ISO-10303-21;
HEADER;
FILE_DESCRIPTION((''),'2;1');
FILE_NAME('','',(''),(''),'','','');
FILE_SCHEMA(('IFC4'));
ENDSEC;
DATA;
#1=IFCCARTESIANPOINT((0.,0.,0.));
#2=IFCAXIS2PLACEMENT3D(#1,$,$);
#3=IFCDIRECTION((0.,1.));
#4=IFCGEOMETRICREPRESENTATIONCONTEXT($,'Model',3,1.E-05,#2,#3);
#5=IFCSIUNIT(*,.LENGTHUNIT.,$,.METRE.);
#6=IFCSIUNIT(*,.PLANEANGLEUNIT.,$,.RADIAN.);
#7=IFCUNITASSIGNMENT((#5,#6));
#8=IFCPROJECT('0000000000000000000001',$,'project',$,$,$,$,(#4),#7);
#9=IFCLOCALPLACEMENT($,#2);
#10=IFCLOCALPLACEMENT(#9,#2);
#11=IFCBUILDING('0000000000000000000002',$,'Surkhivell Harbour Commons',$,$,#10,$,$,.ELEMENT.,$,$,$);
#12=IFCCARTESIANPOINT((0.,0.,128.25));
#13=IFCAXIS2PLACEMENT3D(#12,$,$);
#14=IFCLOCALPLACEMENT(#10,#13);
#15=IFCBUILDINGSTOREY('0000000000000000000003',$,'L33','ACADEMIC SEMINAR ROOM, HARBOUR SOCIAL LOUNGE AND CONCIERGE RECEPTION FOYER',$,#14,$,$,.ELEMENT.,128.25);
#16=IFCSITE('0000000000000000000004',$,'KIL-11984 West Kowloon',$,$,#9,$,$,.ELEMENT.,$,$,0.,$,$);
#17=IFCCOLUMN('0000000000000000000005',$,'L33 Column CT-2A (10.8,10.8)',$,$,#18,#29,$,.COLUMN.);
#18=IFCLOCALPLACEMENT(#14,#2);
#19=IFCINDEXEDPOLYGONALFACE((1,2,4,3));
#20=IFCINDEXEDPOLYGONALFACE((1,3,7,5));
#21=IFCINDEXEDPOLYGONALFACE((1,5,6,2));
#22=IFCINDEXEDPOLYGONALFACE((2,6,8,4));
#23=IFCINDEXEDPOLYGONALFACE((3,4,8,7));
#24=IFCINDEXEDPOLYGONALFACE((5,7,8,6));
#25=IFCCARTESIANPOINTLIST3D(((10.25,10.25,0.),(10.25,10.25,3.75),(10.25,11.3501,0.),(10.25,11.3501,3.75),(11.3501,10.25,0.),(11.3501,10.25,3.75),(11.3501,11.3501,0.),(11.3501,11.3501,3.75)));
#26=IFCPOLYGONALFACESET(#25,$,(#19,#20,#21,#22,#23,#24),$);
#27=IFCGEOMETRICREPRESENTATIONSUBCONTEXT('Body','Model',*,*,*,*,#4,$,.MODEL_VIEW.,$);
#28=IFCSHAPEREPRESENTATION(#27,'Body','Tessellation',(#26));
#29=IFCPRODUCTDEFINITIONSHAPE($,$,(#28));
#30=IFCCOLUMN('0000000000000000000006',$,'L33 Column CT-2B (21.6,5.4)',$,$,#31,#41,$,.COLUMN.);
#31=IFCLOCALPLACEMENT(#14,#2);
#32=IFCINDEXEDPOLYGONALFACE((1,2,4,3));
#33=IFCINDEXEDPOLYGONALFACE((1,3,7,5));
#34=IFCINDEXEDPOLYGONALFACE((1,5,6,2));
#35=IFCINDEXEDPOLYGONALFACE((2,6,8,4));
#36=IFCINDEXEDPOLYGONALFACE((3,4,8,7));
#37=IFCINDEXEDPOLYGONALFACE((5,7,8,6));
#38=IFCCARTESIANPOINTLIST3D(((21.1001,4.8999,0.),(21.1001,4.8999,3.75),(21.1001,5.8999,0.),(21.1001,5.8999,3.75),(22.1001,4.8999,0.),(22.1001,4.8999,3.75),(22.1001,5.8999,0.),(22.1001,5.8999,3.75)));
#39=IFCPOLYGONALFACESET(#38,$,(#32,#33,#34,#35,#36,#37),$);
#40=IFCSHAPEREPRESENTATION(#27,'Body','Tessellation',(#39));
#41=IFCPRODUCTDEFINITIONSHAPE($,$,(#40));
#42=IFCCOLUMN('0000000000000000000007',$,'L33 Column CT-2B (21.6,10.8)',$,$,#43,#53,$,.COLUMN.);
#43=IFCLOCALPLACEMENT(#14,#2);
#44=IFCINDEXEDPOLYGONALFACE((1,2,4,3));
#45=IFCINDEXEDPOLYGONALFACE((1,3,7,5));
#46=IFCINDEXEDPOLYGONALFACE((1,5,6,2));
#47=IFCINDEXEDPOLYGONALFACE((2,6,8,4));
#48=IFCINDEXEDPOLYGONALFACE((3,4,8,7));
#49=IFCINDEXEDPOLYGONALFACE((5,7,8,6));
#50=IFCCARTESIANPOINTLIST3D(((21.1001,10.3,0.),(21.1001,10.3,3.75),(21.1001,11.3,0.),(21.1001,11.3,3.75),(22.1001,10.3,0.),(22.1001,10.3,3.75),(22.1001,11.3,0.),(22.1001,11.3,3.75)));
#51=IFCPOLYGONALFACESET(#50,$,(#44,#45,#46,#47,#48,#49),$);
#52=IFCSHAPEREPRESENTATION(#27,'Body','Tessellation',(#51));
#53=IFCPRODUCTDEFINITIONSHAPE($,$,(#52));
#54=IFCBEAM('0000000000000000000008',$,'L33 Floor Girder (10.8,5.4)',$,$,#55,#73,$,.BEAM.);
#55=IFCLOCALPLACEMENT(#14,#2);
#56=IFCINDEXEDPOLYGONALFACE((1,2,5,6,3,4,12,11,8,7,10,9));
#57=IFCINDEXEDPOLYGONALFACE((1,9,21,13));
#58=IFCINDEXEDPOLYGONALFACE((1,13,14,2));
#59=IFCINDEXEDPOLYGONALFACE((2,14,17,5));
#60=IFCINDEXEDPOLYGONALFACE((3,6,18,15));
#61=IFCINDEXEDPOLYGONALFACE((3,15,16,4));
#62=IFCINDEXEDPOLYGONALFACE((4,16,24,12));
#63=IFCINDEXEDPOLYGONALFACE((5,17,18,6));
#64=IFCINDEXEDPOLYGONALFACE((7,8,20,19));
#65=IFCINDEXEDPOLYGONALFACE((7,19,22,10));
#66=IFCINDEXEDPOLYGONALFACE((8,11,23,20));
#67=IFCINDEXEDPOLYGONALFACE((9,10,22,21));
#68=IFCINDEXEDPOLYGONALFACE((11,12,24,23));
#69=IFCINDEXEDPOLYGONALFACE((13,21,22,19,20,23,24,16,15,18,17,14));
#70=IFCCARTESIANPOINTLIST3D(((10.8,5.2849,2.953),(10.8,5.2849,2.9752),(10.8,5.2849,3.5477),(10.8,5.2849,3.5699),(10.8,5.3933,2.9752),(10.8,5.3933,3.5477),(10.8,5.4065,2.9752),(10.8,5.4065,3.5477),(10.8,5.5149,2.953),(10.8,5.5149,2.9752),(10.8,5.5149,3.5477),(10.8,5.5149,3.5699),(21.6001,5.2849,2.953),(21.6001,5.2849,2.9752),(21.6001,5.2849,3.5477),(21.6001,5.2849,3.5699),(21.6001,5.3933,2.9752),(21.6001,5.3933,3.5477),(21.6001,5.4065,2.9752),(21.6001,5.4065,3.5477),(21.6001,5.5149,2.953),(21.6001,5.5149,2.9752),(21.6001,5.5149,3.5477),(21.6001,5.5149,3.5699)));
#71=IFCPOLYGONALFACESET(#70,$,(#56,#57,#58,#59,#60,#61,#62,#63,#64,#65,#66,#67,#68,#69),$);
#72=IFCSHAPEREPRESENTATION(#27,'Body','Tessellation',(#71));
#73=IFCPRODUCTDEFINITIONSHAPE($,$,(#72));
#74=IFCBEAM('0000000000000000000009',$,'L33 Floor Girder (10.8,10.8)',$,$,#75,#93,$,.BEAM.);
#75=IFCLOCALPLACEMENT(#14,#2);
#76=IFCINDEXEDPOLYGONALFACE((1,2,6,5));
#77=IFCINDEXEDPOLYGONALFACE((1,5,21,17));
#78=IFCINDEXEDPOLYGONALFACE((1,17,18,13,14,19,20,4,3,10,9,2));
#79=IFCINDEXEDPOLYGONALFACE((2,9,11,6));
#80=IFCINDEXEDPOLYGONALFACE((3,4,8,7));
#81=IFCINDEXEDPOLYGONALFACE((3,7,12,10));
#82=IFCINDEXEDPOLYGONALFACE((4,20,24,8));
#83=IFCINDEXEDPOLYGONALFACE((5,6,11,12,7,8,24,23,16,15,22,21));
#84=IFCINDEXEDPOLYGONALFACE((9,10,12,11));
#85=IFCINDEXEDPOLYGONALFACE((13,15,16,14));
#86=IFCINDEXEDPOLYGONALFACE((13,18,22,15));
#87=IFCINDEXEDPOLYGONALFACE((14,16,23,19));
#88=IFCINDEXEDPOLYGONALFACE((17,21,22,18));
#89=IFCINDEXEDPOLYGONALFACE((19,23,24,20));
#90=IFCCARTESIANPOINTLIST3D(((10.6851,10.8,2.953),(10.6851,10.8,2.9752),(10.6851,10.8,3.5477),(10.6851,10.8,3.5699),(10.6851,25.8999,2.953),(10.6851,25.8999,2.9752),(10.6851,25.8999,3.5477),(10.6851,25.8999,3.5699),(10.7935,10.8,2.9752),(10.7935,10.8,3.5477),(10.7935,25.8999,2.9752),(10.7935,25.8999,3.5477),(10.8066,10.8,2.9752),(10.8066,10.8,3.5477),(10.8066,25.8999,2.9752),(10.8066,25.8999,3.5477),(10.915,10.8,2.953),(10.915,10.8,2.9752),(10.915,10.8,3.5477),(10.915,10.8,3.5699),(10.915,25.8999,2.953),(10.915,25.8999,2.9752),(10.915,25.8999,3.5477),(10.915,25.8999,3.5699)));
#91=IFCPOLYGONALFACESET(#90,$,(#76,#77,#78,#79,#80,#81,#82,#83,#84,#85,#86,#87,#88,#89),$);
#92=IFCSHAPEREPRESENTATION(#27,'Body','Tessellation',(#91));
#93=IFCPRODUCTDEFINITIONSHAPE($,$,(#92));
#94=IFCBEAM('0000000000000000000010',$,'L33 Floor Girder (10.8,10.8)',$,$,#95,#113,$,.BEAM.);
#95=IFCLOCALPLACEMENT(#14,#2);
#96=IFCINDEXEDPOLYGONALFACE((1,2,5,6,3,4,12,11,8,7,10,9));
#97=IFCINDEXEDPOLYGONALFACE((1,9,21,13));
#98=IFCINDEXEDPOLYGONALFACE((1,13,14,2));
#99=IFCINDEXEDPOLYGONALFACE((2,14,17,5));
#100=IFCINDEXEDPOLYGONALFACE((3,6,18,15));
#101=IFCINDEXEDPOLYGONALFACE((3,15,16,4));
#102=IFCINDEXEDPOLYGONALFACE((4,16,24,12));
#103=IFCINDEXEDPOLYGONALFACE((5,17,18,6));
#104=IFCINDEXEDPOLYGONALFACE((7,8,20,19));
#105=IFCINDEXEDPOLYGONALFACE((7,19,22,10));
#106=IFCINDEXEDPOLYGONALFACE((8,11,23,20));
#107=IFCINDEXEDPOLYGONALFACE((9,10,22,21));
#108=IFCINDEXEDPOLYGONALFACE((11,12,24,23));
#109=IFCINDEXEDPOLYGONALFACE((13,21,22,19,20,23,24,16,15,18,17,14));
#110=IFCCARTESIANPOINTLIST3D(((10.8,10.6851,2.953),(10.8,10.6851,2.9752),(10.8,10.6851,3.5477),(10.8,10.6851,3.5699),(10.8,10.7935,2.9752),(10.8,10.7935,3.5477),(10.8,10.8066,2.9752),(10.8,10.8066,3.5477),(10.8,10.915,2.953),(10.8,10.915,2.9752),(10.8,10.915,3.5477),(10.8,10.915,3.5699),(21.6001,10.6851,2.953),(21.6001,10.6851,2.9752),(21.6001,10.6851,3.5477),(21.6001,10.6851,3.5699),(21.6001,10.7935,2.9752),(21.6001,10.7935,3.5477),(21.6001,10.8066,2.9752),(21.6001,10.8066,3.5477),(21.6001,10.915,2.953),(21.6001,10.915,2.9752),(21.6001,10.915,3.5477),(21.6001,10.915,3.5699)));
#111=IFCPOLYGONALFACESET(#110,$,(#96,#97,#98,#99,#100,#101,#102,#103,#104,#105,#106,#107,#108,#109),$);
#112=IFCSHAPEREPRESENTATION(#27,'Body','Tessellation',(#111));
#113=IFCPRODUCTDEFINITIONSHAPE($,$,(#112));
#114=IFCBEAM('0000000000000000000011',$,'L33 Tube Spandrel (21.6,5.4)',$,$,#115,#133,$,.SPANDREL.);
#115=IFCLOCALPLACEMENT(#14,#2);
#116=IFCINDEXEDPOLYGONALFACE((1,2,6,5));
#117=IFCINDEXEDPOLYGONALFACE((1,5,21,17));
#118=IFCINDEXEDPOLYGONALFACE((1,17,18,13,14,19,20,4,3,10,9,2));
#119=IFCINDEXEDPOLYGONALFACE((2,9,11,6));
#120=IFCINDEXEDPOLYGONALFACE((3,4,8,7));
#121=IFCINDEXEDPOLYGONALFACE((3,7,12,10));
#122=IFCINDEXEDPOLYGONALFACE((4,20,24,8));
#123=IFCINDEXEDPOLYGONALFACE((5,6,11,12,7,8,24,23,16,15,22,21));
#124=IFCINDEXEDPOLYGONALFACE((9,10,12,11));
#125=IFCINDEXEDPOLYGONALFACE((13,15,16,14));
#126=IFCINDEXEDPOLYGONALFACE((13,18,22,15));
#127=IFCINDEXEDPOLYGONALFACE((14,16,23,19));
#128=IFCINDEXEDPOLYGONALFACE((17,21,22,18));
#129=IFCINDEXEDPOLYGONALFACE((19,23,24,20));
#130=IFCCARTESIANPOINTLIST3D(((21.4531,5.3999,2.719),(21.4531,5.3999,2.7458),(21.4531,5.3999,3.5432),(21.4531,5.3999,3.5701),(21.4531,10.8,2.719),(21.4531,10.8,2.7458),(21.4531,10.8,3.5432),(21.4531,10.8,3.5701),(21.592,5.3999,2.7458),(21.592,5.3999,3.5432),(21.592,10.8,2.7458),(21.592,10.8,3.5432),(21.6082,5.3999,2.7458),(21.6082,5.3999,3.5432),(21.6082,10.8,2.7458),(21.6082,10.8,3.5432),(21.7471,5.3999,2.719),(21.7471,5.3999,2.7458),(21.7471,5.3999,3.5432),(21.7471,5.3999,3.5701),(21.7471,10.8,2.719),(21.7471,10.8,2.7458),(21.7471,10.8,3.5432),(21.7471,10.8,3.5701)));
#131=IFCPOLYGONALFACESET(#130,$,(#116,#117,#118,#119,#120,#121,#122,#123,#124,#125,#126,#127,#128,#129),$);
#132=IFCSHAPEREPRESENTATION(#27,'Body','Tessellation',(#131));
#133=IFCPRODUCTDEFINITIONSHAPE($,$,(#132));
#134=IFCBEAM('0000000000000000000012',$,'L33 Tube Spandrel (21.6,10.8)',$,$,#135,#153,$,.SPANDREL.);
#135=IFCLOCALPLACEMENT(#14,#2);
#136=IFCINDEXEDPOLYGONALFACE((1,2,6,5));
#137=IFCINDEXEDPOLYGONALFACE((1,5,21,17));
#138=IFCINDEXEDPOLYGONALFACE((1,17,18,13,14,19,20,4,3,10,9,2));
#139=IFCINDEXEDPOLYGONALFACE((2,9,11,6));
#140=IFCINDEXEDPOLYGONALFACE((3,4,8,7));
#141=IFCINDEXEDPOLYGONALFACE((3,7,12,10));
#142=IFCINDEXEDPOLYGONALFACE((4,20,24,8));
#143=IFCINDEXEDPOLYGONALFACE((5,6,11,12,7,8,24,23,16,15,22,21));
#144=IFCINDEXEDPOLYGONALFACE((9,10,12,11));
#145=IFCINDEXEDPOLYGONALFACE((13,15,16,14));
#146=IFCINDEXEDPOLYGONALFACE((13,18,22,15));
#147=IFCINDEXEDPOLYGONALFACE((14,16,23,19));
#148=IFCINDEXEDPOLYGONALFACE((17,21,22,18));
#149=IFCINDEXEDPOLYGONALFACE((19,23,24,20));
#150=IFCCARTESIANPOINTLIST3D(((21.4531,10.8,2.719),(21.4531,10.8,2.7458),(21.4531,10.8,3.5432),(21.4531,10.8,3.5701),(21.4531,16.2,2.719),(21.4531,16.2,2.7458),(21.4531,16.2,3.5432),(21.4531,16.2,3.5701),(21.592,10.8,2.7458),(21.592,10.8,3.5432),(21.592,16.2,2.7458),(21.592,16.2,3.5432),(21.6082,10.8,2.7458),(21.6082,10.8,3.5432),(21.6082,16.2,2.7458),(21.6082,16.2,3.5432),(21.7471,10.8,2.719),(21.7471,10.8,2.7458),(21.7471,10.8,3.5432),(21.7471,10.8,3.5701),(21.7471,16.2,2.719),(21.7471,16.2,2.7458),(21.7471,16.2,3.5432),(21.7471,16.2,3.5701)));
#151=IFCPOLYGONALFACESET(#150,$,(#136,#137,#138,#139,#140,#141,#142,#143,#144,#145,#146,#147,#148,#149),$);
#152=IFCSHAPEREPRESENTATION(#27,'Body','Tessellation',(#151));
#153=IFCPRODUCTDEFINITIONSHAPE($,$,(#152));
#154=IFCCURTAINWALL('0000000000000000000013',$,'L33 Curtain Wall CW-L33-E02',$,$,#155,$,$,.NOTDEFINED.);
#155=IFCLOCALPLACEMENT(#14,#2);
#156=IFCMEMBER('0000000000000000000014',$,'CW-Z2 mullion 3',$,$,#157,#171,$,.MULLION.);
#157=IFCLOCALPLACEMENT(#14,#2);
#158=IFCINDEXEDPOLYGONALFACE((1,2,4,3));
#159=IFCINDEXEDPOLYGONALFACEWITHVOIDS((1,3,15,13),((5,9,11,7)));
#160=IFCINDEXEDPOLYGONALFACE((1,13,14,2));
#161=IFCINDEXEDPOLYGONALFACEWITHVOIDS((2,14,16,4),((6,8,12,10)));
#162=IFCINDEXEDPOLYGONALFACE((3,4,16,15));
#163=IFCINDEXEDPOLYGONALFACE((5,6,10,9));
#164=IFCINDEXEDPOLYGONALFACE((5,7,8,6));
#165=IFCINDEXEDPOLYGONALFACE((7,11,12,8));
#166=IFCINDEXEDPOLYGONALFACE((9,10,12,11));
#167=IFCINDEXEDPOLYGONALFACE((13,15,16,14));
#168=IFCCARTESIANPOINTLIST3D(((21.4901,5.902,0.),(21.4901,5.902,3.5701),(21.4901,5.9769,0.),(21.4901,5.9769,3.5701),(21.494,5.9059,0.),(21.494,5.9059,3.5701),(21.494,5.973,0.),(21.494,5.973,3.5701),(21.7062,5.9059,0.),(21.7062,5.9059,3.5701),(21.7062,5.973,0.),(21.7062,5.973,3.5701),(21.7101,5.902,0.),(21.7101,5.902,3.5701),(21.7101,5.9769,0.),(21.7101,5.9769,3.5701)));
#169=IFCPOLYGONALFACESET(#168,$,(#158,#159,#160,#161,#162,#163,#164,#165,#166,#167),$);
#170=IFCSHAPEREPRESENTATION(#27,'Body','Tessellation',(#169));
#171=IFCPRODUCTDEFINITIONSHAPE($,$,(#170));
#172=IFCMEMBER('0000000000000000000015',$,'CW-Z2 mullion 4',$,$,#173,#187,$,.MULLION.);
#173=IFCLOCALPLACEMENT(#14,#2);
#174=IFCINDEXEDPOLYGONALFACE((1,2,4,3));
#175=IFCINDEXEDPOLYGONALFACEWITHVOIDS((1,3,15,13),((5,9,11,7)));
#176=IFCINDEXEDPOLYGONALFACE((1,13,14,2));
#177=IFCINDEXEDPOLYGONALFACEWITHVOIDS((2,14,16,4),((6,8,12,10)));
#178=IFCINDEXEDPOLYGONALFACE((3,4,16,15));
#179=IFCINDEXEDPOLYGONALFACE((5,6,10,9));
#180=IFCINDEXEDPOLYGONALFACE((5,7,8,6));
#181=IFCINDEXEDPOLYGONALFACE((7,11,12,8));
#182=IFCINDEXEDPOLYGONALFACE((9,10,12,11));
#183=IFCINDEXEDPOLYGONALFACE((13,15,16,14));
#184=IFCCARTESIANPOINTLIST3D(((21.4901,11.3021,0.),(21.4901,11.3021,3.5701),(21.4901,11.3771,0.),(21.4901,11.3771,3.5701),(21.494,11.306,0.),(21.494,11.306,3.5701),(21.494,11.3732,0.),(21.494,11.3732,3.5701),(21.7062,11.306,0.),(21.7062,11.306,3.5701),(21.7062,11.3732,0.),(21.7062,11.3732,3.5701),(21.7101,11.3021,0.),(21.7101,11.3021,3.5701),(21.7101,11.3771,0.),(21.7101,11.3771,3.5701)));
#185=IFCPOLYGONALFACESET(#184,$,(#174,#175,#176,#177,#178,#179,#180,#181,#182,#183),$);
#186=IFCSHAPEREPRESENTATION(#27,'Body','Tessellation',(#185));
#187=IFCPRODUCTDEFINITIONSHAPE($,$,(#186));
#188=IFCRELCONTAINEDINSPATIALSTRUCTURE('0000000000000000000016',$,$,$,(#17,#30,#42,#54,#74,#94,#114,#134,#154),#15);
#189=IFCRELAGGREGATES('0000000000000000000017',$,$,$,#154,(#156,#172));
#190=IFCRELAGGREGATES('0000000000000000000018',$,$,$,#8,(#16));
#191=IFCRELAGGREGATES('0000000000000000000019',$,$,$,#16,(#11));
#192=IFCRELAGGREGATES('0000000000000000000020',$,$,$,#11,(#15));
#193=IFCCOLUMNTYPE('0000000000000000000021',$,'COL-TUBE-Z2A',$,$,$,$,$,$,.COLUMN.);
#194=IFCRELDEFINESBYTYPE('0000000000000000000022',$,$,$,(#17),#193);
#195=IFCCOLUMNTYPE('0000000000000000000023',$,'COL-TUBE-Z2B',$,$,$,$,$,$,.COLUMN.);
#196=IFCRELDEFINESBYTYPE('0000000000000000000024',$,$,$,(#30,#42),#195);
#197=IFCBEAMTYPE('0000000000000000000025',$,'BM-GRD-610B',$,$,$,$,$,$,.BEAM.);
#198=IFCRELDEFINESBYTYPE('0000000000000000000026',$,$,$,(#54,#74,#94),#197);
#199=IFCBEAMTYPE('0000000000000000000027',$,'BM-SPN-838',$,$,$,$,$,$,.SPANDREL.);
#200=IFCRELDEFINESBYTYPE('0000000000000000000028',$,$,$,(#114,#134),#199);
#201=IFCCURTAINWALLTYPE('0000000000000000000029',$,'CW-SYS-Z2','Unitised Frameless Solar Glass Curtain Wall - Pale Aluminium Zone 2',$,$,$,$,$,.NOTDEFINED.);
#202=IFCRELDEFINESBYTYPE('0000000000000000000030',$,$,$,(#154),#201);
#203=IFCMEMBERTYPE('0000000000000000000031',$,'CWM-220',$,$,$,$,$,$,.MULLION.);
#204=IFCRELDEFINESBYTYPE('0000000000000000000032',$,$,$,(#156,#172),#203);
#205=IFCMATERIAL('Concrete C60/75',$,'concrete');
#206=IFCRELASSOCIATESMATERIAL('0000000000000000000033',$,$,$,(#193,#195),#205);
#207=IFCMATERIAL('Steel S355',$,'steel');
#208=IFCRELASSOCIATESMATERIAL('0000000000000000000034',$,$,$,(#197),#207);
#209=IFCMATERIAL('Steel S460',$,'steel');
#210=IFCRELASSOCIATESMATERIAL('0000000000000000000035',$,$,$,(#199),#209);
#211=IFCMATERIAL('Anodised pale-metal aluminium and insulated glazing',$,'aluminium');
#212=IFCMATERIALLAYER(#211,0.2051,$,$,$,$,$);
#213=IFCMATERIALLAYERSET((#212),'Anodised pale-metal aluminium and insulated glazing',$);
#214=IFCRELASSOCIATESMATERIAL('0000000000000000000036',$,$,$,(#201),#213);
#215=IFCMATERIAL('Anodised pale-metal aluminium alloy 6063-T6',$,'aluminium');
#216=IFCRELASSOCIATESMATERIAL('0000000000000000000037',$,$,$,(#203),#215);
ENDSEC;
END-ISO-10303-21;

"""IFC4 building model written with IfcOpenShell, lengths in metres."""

from ifc_helpers import new_model, si_unit, direction, frame, origin, origin_2d, place, context, subcontext, project, spatial, rectangle, hollow_rectangle, i_section, extrude, material, layer, layer_set, material_profile, profile_set, type_object, element, aggregate, save


model = new_model("IFC4")

# Units and contexts
model_context = context("Model", 3, precision=1e-05, world=origin(), true_north=direction((0.0, 1.0)))
body_context = subcontext(model_context, "Body", "Model", "MODEL_VIEW")
ifc_project = project(units=[si_unit("LENGTHUNIT", "METRE"), si_unit("PLANEANGLEUNIT", "RADIAN")], contexts=[model_context])

# Site, building, storey
site_placement = place(None, origin())
site = spatial("IfcSite", under=ifc_project, at=site_placement, Name="KIL-11984 West Kowloon", CompositionType="ELEMENT", RefElevation=0.0)
building_placement = place(site_placement, origin())
building = spatial("IfcBuilding", under=site, at=building_placement, Name="Surkhivell Harbour Commons", CompositionType="ELEMENT")
storey_placement = place(building_placement, frame((0.0, 0.0, 128.25)))
storey = spatial("IfcBuildingStorey", under=building, at=storey_placement, Name="L33", Description="ACADEMIC SEMINAR ROOM, HARBOUR SOCIAL LOUNGE AND CONCIERGE RECEPTION FOYER", CompositionType="ELEMENT", Elevation=128.25)

# Columns
ifc_material_1 = material(Name="Concrete C60/75", Category="concrete")
ifc_material_profile_1 = material_profile(ifc_material_1, rectangle(XDim=1.1001, YDim=1.1001, at=origin_2d()), Name="RC-COL-1100x1100")
ifc_profile_set_1 = profile_set([ifc_material_profile_1], Name="Concrete C60/75")
column_type_1 = type_object("IfcColumnType", Name="COL-TUBE-Z2A", PredefinedType="COLUMN", material=ifc_profile_set_1)
column_placement = place(storey_placement, frame((10.8, 10.8, 0.0), z_axis=(0.0, 0.0, 1.0), x_axis=(1.0, 0.0, 0.0)))
element("IfcColumn", 1, at=column_placement, inside=storey, type_object=column_type_1, Name="L33 Column CT-2A (10.8,10.8)", PredefinedType="COLUMN", context=body_context, shape_type="SweptSolid", body=[
    extrude(rectangle(XDim=1.1001, YDim=1.1001, at=origin_2d()), origin(), (0.0, 0.0, 1.0), 3.75),
])
ifc_material_profile_2 = material_profile(ifc_material_1, rectangle(XDim=1.0, YDim=1.0, at=origin_2d()), Name="RC-COL-1000x1000")
ifc_profile_set_2 = profile_set([ifc_material_profile_2], Name="Concrete C60/75")
column_type_2 = type_object("IfcColumnType", Name="COL-TUBE-Z2B", PredefinedType="COLUMN", material=ifc_profile_set_2)
for number, where, z_axis, x_axis, name in (
    (2, (21.6001, 5.3999, 0.0), (0.0, 0.0, 1.0), (1.0, 0.0, 0.0), "L33 Column CT-2B (21.6,5.4)"),
    (3, (21.6001, 10.8, 0.0), (0.0, 0.0, 1.0), (1.0, 0.0, 0.0), "L33 Column CT-2B (21.6,10.8)"),
):
    element("IfcColumn", number, at=place(storey_placement, frame(where, z_axis=z_axis, x_axis=x_axis)), inside=storey, type_object=column_type_2, Name=name, PredefinedType="COLUMN", context=body_context, shape_type="SweptSolid", body=[
        extrude(rectangle(XDim=1.0, YDim=1.0, at=origin_2d()), origin(), (0.0, 0.0, 1.0), 3.75),
    ])

# Beams
ifc_material_2 = material(Name="Steel S355", Category="steel")
ifc_material_profile_3 = material_profile(ifc_material_2, i_section(OverallWidth=0.23, OverallDepth=0.6169, WebThickness=0.0132, FlangeThickness=0.0222, at=origin_2d()), Name="UB610x229x140")
ifc_profile_set_3 = profile_set([ifc_material_profile_3], Name="Steel S355")
beam_type_1 = type_object("IfcBeamType", Name="BM-GRD-610B", PredefinedType="BEAM", material=ifc_profile_set_3)
beam_1_placement = place(storey_placement, frame((10.8, 5.3999, 3.2615), z_axis=(1.0, 0.0, 0.0), x_axis=(0.0, 1.0, 0.0)))
element("IfcBeam", 4, at=beam_1_placement, inside=storey, type_object=beam_type_1, Name="L33 Floor Girder (10.8,5.4)", PredefinedType="BEAM", context=body_context, shape_type="SweptSolid", body=[
    extrude(i_section(OverallWidth=0.23, OverallDepth=0.6169, WebThickness=0.0132, FlangeThickness=0.0222, at=origin_2d()), origin(), (0.0, 0.0, 1.0), 10.8),
])
beam_2_placement = place(storey_placement, frame((10.8, 10.8, 3.2615), z_axis=(0.0, 1.0, 0.0), x_axis=(-1.0, 0.0, 0.0)))
element("IfcBeam", 5, at=beam_2_placement, inside=storey, type_object=beam_type_1, Name="L33 Floor Girder (10.8,10.8)", PredefinedType="BEAM", context=body_context, shape_type="SweptSolid", body=[
    extrude(i_section(OverallWidth=0.23, OverallDepth=0.6169, WebThickness=0.0132, FlangeThickness=0.0222, at=origin_2d()), origin(), (0.0, 0.0, 1.0), 15.0999),
])
beam_3_placement = place(storey_placement, frame((10.8, 10.8, 3.2615), z_axis=(1.0, 0.0, 0.0), x_axis=(0.0, 1.0, 0.0)))
element("IfcBeam", 6, at=beam_3_placement, inside=storey, type_object=beam_type_1, Name="L33 Floor Girder (10.8,10.8)", PredefinedType="BEAM", context=body_context, shape_type="SweptSolid", body=[
    extrude(i_section(OverallWidth=0.23, OverallDepth=0.6169, WebThickness=0.0132, FlangeThickness=0.0222, at=origin_2d()), origin(), (0.0, 0.0, 1.0), 10.8),
])
ifc_material_3 = material(Name="Steel S460", Category="steel")
ifc_material_profile_4 = material_profile(ifc_material_3, i_section(OverallWidth=0.2939, OverallDepth=0.8511, WebThickness=0.0161, FlangeThickness=0.0269, at=origin_2d()), Name="UB838x292x226")
ifc_profile_set_4 = profile_set([ifc_material_profile_4], Name="Steel S460")
beam_type_2 = type_object("IfcBeamType", Name="BM-SPN-838", PredefinedType="SPANDREL", material=ifc_profile_set_4)
beam_4_placement = place(storey_placement, frame((21.6001, 5.3999, 3.1445), z_axis=(0.0, 1.0, 0.0), x_axis=(-1.0, 0.0, 0.0)))
element("IfcBeam", 7, at=beam_4_placement, inside=storey, type_object=beam_type_2, Name="L33 Tube Spandrel (21.6,5.4)", PredefinedType="SPANDREL", context=body_context, shape_type="SweptSolid", body=[
    extrude(i_section(OverallWidth=0.2939, OverallDepth=0.8511, WebThickness=0.0161, FlangeThickness=0.0269, at=origin_2d()), origin(), (0.0, 0.0, 1.0), 5.4001),
])
beam_5_placement = place(storey_placement, frame((21.6001, 10.8, 3.1445), z_axis=(0.0, 1.0, 0.0), x_axis=(-1.0, 0.0, 0.0)))
element("IfcBeam", 8, at=beam_5_placement, inside=storey, type_object=beam_type_2, Name="L33 Tube Spandrel (21.6,10.8)", PredefinedType="SPANDREL", context=body_context, shape_type="SweptSolid", body=[
    extrude(i_section(OverallWidth=0.2939, OverallDepth=0.8511, WebThickness=0.0161, FlangeThickness=0.0269, at=origin_2d()), origin(), (0.0, 0.0, 1.0), 5.3999),
])

# Curtain wall, members
ifc_material_4 = material(Name="Anodised pale-metal aluminium and insulated glazing", Category="aluminium")
ifc_layer_1 = layer(ifc_material_4, 0.2051)
ifc_layer_set_1 = layer_set([ifc_layer_1], Name="Anodised pale-metal aluminium and insulated glazing")
curtain_wall_type = type_object("IfcCurtainWallType", Name="CW-SYS-Z2", Description="Unitised Frameless Solar Glass Curtain Wall - Pale Aluminium Zone 2", PredefinedType="NOTDEFINED", material=ifc_layer_set_1)
curtain_wall_placement = place(storey_placement, origin())
curtain_wall = element("IfcCurtainWall", 9, at=curtain_wall_placement, inside=storey, type_object=curtain_wall_type, Name="L33 Curtain Wall CW-L33-E02", PredefinedType="NOTDEFINED")
ifc_material_5 = material(Name="Anodised pale-metal aluminium alloy 6063-T6", Category="aluminium")
ifc_material_profile_5 = material_profile(ifc_material_5, hollow_rectangle(XDim=0.075, YDim=0.22, WallThickness=0.0039, at=origin_2d()), Name="ALU-MULL-75x220")
ifc_profile_set_5 = profile_set([ifc_material_profile_5], Name="Anodised pale-metal aluminium alloy 6063-T6")
member_type_1 = type_object("IfcMemberType", Name="CWM-220", PredefinedType="MULLION", material=ifc_profile_set_5)
member_1_placement = place(storey_placement, frame((21.6001, 5.9395, 0.0), z_axis=(0.0, 0.0, 1.0), x_axis=(0.0, 1.0, 0.0)))
member_1 = element("IfcMember", 10, at=member_1_placement, type_object=member_type_1, Name="CW-Z2 mullion 3", PredefinedType="MULLION", context=body_context, shape_type="SweptSolid", body=[
    extrude(hollow_rectangle(XDim=0.075, YDim=0.22, WallThickness=0.0039, at=origin_2d()), origin(), (0.0, 0.0, 1.0), 3.5701),
])
member_2_placement = place(storey_placement, frame((21.6001, 11.3396, 0.0), z_axis=(0.0, 0.0, 1.0), x_axis=(0.0, 1.0, 0.0)))
member_2 = element("IfcMember", 11, at=member_2_placement, type_object=member_type_1, Name="CW-Z2 mullion 4", PredefinedType="MULLION", context=body_context, shape_type="SweptSolid", body=[
    extrude(hollow_rectangle(XDim=0.075, YDim=0.22, WallThickness=0.0039, at=origin_2d()), origin(), (0.0, 0.0, 1.0), 3.5701),
])
aggregate(curtain_wall, [member_1, member_2])

save(model, "model.ifc")
